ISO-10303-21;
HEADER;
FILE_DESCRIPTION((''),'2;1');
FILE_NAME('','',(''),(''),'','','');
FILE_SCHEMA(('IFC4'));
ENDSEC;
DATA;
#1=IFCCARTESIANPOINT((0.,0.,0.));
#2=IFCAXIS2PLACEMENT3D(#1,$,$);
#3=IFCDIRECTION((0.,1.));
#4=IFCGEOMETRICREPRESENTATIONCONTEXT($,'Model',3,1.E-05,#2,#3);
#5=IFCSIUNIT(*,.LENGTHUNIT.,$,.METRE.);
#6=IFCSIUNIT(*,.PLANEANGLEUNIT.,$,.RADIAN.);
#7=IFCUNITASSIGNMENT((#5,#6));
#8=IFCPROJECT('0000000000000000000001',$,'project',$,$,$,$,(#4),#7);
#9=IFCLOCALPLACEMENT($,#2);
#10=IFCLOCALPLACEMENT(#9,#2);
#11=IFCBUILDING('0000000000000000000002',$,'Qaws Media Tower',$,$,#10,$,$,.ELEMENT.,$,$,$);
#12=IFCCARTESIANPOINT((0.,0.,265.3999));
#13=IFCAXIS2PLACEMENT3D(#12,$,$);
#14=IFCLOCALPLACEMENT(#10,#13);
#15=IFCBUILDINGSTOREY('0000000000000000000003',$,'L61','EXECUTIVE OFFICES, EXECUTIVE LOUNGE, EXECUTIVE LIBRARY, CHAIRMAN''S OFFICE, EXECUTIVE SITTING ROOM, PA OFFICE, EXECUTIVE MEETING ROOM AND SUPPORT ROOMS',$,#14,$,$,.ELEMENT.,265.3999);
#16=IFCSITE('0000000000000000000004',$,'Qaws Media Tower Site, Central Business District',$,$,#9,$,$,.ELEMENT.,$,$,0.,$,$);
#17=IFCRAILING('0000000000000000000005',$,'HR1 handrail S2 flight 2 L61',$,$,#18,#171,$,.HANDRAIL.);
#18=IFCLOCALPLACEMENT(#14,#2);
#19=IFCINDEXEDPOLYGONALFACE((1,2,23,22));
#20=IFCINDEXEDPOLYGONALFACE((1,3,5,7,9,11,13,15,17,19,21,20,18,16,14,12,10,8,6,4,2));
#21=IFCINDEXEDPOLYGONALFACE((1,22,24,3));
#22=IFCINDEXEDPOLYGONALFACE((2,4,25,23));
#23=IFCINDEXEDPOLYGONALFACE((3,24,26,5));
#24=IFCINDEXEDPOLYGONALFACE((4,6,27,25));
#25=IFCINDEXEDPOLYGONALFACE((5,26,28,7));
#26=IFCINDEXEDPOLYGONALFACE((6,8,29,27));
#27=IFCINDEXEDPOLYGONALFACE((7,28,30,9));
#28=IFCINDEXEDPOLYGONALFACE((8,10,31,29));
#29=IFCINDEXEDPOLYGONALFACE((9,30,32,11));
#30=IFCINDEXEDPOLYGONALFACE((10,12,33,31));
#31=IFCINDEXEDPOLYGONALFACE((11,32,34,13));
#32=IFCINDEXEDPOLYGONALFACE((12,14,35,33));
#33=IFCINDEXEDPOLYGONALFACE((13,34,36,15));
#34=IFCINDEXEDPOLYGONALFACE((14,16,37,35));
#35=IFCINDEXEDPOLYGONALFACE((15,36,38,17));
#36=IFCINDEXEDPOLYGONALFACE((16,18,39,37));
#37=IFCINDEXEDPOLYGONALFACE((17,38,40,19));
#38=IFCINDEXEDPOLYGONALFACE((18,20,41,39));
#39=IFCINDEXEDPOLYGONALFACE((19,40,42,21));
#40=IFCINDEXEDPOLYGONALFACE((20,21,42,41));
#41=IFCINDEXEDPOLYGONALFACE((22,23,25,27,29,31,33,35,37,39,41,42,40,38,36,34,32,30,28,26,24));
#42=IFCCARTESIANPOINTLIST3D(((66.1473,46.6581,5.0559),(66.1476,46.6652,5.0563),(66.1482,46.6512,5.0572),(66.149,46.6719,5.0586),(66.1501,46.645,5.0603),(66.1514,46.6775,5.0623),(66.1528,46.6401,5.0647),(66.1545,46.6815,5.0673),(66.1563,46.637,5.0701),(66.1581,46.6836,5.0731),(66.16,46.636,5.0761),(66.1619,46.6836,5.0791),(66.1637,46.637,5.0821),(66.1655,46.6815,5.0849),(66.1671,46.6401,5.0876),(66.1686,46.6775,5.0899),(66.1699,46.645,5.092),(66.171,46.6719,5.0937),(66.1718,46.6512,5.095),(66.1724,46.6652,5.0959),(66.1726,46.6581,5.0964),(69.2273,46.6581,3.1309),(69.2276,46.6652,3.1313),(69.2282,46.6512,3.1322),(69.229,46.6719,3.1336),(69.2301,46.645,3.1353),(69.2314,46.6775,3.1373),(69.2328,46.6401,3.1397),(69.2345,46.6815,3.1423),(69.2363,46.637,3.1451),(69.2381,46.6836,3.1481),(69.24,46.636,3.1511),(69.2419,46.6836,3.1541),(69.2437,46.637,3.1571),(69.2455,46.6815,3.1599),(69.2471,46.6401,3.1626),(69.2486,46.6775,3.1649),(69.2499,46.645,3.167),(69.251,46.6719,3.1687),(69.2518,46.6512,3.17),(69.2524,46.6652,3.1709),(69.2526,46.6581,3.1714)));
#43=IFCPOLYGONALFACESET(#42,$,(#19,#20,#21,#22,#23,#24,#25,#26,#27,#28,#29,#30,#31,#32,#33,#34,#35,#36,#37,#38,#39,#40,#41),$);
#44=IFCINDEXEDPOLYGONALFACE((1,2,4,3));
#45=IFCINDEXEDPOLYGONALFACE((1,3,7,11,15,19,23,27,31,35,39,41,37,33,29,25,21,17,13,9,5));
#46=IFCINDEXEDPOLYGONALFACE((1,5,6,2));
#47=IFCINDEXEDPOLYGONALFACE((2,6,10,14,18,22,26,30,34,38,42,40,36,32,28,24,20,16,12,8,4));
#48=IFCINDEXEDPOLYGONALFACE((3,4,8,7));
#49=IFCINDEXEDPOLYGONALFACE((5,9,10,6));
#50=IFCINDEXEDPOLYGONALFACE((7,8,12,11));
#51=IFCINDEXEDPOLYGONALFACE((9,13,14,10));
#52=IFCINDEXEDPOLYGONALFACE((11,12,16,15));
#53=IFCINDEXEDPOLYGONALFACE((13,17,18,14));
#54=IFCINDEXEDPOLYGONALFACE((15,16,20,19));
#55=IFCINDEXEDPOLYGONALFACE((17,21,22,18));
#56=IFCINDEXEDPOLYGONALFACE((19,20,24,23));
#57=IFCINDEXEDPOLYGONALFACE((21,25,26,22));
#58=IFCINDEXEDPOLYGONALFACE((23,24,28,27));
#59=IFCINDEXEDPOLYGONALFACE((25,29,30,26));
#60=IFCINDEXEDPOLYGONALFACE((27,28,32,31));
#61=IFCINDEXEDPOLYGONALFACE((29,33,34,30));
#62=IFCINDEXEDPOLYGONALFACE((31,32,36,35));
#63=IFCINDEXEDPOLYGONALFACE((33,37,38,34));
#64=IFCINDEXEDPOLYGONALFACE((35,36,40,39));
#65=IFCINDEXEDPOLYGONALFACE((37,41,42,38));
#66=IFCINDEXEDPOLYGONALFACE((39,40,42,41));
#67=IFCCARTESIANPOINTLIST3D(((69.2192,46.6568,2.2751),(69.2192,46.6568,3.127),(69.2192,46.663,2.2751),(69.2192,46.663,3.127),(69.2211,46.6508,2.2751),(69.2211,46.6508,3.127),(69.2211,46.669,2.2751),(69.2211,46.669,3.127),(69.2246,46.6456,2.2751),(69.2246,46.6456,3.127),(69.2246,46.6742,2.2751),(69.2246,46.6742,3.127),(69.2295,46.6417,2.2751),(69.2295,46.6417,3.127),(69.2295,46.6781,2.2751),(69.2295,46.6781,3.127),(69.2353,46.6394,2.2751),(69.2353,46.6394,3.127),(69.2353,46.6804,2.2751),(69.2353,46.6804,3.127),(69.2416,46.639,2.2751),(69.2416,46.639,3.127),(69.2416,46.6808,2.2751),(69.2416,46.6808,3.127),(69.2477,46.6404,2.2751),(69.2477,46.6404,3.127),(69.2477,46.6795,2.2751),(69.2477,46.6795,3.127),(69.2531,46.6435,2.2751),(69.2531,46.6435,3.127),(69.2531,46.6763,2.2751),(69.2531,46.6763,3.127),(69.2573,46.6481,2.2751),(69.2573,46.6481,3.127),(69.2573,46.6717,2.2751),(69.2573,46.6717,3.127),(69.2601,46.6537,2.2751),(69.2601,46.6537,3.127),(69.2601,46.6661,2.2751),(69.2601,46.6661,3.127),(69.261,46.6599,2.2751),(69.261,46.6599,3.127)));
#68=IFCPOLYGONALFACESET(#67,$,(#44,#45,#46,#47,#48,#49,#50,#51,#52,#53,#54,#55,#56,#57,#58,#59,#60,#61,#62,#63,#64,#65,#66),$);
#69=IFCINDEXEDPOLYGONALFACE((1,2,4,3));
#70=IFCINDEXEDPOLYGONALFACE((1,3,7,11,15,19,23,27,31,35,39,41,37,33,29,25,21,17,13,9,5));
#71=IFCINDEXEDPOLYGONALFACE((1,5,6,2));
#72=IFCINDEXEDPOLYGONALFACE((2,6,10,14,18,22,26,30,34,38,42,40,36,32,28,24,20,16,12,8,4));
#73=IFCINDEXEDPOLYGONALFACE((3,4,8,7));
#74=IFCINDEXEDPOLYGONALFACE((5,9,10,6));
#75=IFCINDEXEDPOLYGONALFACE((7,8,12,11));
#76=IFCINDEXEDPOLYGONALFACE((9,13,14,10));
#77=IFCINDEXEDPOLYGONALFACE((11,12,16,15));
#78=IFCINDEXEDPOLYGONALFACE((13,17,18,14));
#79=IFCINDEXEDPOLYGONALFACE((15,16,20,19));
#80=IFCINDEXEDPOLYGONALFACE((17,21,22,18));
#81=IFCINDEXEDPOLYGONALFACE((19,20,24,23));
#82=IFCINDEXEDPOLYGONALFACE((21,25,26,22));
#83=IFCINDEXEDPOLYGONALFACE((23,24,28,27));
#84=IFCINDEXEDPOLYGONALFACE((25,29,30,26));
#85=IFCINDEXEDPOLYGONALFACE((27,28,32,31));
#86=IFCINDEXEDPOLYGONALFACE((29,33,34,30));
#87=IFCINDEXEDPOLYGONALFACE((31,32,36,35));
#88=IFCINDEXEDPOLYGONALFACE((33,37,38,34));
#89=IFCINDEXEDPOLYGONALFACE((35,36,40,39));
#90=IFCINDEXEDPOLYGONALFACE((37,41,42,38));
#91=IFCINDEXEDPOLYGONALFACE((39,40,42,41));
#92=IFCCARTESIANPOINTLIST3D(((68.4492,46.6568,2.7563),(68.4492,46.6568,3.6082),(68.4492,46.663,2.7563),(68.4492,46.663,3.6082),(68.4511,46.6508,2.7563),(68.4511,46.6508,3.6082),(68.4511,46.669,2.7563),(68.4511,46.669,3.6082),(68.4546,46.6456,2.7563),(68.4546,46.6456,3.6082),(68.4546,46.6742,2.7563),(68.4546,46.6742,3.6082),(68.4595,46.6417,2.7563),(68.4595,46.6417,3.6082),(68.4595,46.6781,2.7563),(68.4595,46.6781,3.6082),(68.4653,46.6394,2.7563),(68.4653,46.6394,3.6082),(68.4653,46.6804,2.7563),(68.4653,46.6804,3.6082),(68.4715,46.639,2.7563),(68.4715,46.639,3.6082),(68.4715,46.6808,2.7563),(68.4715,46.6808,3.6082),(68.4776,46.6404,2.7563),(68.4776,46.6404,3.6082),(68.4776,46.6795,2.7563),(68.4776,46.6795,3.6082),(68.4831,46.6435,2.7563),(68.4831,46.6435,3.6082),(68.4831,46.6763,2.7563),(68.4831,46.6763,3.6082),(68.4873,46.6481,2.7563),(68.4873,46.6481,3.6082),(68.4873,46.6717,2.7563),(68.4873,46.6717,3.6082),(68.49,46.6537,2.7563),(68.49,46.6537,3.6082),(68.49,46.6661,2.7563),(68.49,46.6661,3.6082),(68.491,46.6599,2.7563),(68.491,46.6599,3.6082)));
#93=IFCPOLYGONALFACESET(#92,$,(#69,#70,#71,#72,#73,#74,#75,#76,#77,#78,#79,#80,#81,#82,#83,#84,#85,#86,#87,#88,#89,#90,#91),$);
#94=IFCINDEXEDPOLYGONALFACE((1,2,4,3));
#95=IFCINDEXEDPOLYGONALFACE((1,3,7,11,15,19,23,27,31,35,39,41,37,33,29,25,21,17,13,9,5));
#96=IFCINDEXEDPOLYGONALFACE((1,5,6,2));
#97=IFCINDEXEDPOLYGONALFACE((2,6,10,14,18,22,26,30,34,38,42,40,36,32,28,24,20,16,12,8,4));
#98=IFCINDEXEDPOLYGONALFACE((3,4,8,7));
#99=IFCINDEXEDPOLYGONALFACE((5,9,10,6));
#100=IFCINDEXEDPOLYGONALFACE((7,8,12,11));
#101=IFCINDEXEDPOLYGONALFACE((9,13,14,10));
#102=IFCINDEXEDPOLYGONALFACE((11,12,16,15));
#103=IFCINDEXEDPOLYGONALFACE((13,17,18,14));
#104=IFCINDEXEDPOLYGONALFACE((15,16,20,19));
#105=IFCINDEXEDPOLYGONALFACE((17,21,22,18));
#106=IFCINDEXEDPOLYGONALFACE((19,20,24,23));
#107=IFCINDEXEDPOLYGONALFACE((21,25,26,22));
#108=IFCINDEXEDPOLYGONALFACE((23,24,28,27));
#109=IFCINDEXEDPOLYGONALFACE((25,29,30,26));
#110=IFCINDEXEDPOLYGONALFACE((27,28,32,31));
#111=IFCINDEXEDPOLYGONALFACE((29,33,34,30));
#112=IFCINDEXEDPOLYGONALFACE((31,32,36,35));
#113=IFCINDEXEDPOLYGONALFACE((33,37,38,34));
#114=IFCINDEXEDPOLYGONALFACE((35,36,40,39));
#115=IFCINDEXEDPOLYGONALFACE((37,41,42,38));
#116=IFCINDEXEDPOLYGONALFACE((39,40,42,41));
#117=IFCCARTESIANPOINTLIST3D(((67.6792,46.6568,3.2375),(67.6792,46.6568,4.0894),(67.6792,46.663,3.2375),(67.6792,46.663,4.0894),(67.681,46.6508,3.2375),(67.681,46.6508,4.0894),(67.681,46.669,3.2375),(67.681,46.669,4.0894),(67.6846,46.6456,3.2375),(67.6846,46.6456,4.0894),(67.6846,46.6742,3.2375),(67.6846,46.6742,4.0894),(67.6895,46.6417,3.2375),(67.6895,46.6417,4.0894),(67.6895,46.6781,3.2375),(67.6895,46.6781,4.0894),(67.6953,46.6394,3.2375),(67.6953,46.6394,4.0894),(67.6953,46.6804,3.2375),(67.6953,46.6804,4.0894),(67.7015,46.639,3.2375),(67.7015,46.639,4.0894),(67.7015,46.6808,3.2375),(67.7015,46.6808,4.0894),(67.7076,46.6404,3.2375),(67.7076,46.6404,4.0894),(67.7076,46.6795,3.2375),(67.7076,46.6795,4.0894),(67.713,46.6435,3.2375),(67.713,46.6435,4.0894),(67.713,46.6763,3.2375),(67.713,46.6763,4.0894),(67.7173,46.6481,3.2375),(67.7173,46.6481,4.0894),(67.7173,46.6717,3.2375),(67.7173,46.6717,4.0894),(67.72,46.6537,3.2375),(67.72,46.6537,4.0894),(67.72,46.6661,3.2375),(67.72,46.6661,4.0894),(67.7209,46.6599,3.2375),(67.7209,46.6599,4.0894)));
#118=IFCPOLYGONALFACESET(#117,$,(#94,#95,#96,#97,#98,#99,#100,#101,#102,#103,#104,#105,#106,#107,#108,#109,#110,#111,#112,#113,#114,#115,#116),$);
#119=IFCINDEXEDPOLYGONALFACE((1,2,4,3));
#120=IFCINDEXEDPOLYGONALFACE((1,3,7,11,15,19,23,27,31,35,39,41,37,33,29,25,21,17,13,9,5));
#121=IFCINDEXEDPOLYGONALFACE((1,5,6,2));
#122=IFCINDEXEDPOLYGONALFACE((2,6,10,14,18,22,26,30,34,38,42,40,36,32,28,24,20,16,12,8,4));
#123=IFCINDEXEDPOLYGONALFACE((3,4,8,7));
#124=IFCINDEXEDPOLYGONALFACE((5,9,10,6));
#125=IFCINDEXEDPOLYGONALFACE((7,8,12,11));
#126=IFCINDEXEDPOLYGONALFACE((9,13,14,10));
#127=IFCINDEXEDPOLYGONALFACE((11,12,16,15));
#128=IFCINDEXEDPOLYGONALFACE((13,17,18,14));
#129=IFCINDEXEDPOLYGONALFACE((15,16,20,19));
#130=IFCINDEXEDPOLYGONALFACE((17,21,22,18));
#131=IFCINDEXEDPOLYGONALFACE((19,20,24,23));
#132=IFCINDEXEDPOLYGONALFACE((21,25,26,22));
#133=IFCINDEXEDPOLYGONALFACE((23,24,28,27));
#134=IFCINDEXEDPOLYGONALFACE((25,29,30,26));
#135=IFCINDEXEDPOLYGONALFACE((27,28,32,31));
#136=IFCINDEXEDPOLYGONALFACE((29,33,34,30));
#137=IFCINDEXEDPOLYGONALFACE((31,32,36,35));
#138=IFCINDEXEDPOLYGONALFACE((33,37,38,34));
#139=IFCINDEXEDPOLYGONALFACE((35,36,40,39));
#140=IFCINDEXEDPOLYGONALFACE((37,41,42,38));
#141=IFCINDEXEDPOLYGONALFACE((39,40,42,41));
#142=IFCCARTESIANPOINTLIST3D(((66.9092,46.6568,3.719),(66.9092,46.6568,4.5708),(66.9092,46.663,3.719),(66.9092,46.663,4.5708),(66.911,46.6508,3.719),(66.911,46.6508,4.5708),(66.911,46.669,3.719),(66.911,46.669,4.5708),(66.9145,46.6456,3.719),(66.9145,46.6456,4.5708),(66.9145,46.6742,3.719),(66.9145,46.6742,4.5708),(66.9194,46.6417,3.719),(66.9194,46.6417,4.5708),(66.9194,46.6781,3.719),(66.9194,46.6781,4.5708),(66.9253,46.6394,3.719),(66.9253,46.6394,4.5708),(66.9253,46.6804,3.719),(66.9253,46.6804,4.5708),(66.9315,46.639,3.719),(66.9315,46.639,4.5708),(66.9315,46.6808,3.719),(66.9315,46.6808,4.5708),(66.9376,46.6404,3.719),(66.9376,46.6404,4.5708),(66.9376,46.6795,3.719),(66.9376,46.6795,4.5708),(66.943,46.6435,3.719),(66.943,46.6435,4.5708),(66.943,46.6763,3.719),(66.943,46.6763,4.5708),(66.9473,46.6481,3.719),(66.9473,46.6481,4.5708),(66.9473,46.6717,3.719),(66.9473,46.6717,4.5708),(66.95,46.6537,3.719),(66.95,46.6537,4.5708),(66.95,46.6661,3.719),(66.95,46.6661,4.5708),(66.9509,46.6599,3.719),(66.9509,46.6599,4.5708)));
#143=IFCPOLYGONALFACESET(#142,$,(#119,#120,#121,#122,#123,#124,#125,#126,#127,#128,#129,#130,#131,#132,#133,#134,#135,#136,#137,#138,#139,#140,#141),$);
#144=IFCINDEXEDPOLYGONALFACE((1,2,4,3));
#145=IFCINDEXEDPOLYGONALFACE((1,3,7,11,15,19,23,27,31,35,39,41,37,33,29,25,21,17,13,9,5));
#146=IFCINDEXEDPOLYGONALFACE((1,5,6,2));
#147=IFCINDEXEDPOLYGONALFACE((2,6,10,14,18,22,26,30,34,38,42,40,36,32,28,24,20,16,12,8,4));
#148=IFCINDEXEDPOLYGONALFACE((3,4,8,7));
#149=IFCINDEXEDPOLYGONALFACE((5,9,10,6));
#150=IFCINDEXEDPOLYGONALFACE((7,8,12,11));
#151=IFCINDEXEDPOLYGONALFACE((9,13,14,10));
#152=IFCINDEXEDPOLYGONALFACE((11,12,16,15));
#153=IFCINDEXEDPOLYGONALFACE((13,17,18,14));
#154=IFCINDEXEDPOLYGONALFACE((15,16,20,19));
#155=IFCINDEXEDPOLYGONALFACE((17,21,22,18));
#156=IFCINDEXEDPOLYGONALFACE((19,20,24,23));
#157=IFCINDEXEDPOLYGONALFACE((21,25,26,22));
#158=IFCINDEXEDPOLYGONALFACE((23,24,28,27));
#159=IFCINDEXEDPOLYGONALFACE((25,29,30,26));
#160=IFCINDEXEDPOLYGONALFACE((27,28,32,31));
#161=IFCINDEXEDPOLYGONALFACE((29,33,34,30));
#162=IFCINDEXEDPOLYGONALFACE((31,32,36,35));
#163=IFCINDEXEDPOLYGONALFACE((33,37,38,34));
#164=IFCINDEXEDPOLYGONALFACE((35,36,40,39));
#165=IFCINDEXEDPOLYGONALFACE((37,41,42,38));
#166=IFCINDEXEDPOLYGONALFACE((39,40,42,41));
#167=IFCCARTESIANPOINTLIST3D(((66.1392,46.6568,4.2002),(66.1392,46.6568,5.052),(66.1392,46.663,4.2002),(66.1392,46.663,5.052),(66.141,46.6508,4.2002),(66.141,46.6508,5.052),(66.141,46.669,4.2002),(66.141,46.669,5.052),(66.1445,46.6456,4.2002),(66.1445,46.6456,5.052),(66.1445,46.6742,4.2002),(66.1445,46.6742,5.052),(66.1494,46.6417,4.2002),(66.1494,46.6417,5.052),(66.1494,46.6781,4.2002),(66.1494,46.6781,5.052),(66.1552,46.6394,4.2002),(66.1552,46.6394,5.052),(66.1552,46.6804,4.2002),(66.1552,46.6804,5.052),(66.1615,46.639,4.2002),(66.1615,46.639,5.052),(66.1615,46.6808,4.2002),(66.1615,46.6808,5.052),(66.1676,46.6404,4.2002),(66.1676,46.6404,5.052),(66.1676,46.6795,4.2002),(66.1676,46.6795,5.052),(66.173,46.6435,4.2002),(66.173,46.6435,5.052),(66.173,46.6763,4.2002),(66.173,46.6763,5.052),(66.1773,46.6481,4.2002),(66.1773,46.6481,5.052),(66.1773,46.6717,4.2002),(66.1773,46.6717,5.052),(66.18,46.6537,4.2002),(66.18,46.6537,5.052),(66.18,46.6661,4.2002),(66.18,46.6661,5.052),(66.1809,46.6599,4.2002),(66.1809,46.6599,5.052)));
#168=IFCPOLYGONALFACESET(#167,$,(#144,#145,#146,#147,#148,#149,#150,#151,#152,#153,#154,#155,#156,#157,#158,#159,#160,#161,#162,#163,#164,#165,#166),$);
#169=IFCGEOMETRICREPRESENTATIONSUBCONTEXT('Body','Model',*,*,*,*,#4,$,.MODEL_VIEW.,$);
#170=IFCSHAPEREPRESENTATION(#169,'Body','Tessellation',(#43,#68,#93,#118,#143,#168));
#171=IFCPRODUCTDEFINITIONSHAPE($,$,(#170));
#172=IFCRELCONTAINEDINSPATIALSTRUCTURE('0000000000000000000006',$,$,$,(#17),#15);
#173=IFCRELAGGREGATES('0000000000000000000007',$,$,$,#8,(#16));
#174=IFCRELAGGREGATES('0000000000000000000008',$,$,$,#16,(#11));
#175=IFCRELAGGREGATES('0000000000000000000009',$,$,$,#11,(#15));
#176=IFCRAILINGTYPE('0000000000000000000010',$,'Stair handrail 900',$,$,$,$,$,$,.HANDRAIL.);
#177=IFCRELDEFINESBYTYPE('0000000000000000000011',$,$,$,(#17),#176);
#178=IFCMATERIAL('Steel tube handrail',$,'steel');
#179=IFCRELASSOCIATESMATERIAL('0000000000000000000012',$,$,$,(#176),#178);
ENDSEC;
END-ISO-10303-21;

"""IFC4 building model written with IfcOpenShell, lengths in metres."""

from ifc_helpers import new_model, si_unit, direction, frame, origin, origin_2d, place, context, subcontext, project, spatial, circle, extrude, material, type_object, element, save


model = new_model("IFC4")

# Units and contexts
model_context = context("Model", 3, precision=1e-05, world=origin(), true_north=direction((0.0, 1.0)))
body_context = subcontext(model_context, "Body", "Model", "MODEL_VIEW")
ifc_project = project(units=[si_unit("LENGTHUNIT", "METRE"), si_unit("PLANEANGLEUNIT", "RADIAN")], contexts=[model_context])

# Site, building, storey
site_placement = place(None, origin())
site = spatial("IfcSite", under=ifc_project, at=site_placement, Name="Qaws Media Tower Site, Central Business District", CompositionType="ELEMENT", RefElevation=0.0)
building_placement = place(site_placement, origin())
building = spatial("IfcBuilding", under=site, at=building_placement, Name="Qaws Media Tower", CompositionType="ELEMENT")
storey_placement = place(building_placement, frame((0.0, 0.0, 265.3999)))
storey = spatial("IfcBuildingStorey", under=building, at=storey_placement, Name="L61", Description="EXECUTIVE OFFICES, EXECUTIVE LOUNGE, EXECUTIVE LIBRARY, CHAIRMAN'S OFFICE, EXECUTIVE SITTING ROOM, PA OFFICE, EXECUTIVE MEETING ROOM AND SUPPORT ROOMS", CompositionType="ELEMENT", Elevation=265.3999)

# Railing
ifc_material_1 = material(Name="Steel tube handrail", Category="steel")
railing_type = type_object("IfcRailingType", Name="Stair handrail 900", PredefinedType="HANDRAIL", material=ifc_material_1)
for number, where, name in (
    (1, (69.24, 46.6599, 2.2751), "HR1 handrail S2 flight 2 L61"),
):
    element("IfcRailing", number, at=place(storey_placement, frame(where)), inside=storey, type_object=railing_type, Name=name, PredefinedType="HANDRAIL", context=body_context, shape_type="SweptSolid", body=[
        extrude(circle(Radius=0.0239, at=origin_2d()), frame((0.0, 0.0, 0.876), z_axis=(-0.847998, 0.0, 0.529999), x_axis=(0.0, -1.0, 0.0)), (0.0, 0.0, 1.0), 3.6321),
        extrude(circle(Radius=0.021, at=origin_2d()), origin(), (0.0, 0.0, 1.0), 0.8518),
        extrude(circle(Radius=0.021, at=origin_2d()), frame((-0.77, 0.0, 0.4812)), (0.0, 0.0, 1.0), 0.8518),
        extrude(circle(Radius=0.021, at=origin_2d()), frame((-1.54, 0.0, 0.9624)), (0.0, 0.0, 1.0), 0.8518),
        extrude(circle(Radius=0.021, at=origin_2d()), frame((-2.3101, 0.0, 1.4438)), (0.0, 0.0, 1.0), 0.8518),
        extrude(circle(Radius=0.021, at=origin_2d()), frame((-3.0801, 0.0, 1.925)), (0.0, 0.0, 1.0), 0.8518),
    ])

save(model, "model.ifc")
